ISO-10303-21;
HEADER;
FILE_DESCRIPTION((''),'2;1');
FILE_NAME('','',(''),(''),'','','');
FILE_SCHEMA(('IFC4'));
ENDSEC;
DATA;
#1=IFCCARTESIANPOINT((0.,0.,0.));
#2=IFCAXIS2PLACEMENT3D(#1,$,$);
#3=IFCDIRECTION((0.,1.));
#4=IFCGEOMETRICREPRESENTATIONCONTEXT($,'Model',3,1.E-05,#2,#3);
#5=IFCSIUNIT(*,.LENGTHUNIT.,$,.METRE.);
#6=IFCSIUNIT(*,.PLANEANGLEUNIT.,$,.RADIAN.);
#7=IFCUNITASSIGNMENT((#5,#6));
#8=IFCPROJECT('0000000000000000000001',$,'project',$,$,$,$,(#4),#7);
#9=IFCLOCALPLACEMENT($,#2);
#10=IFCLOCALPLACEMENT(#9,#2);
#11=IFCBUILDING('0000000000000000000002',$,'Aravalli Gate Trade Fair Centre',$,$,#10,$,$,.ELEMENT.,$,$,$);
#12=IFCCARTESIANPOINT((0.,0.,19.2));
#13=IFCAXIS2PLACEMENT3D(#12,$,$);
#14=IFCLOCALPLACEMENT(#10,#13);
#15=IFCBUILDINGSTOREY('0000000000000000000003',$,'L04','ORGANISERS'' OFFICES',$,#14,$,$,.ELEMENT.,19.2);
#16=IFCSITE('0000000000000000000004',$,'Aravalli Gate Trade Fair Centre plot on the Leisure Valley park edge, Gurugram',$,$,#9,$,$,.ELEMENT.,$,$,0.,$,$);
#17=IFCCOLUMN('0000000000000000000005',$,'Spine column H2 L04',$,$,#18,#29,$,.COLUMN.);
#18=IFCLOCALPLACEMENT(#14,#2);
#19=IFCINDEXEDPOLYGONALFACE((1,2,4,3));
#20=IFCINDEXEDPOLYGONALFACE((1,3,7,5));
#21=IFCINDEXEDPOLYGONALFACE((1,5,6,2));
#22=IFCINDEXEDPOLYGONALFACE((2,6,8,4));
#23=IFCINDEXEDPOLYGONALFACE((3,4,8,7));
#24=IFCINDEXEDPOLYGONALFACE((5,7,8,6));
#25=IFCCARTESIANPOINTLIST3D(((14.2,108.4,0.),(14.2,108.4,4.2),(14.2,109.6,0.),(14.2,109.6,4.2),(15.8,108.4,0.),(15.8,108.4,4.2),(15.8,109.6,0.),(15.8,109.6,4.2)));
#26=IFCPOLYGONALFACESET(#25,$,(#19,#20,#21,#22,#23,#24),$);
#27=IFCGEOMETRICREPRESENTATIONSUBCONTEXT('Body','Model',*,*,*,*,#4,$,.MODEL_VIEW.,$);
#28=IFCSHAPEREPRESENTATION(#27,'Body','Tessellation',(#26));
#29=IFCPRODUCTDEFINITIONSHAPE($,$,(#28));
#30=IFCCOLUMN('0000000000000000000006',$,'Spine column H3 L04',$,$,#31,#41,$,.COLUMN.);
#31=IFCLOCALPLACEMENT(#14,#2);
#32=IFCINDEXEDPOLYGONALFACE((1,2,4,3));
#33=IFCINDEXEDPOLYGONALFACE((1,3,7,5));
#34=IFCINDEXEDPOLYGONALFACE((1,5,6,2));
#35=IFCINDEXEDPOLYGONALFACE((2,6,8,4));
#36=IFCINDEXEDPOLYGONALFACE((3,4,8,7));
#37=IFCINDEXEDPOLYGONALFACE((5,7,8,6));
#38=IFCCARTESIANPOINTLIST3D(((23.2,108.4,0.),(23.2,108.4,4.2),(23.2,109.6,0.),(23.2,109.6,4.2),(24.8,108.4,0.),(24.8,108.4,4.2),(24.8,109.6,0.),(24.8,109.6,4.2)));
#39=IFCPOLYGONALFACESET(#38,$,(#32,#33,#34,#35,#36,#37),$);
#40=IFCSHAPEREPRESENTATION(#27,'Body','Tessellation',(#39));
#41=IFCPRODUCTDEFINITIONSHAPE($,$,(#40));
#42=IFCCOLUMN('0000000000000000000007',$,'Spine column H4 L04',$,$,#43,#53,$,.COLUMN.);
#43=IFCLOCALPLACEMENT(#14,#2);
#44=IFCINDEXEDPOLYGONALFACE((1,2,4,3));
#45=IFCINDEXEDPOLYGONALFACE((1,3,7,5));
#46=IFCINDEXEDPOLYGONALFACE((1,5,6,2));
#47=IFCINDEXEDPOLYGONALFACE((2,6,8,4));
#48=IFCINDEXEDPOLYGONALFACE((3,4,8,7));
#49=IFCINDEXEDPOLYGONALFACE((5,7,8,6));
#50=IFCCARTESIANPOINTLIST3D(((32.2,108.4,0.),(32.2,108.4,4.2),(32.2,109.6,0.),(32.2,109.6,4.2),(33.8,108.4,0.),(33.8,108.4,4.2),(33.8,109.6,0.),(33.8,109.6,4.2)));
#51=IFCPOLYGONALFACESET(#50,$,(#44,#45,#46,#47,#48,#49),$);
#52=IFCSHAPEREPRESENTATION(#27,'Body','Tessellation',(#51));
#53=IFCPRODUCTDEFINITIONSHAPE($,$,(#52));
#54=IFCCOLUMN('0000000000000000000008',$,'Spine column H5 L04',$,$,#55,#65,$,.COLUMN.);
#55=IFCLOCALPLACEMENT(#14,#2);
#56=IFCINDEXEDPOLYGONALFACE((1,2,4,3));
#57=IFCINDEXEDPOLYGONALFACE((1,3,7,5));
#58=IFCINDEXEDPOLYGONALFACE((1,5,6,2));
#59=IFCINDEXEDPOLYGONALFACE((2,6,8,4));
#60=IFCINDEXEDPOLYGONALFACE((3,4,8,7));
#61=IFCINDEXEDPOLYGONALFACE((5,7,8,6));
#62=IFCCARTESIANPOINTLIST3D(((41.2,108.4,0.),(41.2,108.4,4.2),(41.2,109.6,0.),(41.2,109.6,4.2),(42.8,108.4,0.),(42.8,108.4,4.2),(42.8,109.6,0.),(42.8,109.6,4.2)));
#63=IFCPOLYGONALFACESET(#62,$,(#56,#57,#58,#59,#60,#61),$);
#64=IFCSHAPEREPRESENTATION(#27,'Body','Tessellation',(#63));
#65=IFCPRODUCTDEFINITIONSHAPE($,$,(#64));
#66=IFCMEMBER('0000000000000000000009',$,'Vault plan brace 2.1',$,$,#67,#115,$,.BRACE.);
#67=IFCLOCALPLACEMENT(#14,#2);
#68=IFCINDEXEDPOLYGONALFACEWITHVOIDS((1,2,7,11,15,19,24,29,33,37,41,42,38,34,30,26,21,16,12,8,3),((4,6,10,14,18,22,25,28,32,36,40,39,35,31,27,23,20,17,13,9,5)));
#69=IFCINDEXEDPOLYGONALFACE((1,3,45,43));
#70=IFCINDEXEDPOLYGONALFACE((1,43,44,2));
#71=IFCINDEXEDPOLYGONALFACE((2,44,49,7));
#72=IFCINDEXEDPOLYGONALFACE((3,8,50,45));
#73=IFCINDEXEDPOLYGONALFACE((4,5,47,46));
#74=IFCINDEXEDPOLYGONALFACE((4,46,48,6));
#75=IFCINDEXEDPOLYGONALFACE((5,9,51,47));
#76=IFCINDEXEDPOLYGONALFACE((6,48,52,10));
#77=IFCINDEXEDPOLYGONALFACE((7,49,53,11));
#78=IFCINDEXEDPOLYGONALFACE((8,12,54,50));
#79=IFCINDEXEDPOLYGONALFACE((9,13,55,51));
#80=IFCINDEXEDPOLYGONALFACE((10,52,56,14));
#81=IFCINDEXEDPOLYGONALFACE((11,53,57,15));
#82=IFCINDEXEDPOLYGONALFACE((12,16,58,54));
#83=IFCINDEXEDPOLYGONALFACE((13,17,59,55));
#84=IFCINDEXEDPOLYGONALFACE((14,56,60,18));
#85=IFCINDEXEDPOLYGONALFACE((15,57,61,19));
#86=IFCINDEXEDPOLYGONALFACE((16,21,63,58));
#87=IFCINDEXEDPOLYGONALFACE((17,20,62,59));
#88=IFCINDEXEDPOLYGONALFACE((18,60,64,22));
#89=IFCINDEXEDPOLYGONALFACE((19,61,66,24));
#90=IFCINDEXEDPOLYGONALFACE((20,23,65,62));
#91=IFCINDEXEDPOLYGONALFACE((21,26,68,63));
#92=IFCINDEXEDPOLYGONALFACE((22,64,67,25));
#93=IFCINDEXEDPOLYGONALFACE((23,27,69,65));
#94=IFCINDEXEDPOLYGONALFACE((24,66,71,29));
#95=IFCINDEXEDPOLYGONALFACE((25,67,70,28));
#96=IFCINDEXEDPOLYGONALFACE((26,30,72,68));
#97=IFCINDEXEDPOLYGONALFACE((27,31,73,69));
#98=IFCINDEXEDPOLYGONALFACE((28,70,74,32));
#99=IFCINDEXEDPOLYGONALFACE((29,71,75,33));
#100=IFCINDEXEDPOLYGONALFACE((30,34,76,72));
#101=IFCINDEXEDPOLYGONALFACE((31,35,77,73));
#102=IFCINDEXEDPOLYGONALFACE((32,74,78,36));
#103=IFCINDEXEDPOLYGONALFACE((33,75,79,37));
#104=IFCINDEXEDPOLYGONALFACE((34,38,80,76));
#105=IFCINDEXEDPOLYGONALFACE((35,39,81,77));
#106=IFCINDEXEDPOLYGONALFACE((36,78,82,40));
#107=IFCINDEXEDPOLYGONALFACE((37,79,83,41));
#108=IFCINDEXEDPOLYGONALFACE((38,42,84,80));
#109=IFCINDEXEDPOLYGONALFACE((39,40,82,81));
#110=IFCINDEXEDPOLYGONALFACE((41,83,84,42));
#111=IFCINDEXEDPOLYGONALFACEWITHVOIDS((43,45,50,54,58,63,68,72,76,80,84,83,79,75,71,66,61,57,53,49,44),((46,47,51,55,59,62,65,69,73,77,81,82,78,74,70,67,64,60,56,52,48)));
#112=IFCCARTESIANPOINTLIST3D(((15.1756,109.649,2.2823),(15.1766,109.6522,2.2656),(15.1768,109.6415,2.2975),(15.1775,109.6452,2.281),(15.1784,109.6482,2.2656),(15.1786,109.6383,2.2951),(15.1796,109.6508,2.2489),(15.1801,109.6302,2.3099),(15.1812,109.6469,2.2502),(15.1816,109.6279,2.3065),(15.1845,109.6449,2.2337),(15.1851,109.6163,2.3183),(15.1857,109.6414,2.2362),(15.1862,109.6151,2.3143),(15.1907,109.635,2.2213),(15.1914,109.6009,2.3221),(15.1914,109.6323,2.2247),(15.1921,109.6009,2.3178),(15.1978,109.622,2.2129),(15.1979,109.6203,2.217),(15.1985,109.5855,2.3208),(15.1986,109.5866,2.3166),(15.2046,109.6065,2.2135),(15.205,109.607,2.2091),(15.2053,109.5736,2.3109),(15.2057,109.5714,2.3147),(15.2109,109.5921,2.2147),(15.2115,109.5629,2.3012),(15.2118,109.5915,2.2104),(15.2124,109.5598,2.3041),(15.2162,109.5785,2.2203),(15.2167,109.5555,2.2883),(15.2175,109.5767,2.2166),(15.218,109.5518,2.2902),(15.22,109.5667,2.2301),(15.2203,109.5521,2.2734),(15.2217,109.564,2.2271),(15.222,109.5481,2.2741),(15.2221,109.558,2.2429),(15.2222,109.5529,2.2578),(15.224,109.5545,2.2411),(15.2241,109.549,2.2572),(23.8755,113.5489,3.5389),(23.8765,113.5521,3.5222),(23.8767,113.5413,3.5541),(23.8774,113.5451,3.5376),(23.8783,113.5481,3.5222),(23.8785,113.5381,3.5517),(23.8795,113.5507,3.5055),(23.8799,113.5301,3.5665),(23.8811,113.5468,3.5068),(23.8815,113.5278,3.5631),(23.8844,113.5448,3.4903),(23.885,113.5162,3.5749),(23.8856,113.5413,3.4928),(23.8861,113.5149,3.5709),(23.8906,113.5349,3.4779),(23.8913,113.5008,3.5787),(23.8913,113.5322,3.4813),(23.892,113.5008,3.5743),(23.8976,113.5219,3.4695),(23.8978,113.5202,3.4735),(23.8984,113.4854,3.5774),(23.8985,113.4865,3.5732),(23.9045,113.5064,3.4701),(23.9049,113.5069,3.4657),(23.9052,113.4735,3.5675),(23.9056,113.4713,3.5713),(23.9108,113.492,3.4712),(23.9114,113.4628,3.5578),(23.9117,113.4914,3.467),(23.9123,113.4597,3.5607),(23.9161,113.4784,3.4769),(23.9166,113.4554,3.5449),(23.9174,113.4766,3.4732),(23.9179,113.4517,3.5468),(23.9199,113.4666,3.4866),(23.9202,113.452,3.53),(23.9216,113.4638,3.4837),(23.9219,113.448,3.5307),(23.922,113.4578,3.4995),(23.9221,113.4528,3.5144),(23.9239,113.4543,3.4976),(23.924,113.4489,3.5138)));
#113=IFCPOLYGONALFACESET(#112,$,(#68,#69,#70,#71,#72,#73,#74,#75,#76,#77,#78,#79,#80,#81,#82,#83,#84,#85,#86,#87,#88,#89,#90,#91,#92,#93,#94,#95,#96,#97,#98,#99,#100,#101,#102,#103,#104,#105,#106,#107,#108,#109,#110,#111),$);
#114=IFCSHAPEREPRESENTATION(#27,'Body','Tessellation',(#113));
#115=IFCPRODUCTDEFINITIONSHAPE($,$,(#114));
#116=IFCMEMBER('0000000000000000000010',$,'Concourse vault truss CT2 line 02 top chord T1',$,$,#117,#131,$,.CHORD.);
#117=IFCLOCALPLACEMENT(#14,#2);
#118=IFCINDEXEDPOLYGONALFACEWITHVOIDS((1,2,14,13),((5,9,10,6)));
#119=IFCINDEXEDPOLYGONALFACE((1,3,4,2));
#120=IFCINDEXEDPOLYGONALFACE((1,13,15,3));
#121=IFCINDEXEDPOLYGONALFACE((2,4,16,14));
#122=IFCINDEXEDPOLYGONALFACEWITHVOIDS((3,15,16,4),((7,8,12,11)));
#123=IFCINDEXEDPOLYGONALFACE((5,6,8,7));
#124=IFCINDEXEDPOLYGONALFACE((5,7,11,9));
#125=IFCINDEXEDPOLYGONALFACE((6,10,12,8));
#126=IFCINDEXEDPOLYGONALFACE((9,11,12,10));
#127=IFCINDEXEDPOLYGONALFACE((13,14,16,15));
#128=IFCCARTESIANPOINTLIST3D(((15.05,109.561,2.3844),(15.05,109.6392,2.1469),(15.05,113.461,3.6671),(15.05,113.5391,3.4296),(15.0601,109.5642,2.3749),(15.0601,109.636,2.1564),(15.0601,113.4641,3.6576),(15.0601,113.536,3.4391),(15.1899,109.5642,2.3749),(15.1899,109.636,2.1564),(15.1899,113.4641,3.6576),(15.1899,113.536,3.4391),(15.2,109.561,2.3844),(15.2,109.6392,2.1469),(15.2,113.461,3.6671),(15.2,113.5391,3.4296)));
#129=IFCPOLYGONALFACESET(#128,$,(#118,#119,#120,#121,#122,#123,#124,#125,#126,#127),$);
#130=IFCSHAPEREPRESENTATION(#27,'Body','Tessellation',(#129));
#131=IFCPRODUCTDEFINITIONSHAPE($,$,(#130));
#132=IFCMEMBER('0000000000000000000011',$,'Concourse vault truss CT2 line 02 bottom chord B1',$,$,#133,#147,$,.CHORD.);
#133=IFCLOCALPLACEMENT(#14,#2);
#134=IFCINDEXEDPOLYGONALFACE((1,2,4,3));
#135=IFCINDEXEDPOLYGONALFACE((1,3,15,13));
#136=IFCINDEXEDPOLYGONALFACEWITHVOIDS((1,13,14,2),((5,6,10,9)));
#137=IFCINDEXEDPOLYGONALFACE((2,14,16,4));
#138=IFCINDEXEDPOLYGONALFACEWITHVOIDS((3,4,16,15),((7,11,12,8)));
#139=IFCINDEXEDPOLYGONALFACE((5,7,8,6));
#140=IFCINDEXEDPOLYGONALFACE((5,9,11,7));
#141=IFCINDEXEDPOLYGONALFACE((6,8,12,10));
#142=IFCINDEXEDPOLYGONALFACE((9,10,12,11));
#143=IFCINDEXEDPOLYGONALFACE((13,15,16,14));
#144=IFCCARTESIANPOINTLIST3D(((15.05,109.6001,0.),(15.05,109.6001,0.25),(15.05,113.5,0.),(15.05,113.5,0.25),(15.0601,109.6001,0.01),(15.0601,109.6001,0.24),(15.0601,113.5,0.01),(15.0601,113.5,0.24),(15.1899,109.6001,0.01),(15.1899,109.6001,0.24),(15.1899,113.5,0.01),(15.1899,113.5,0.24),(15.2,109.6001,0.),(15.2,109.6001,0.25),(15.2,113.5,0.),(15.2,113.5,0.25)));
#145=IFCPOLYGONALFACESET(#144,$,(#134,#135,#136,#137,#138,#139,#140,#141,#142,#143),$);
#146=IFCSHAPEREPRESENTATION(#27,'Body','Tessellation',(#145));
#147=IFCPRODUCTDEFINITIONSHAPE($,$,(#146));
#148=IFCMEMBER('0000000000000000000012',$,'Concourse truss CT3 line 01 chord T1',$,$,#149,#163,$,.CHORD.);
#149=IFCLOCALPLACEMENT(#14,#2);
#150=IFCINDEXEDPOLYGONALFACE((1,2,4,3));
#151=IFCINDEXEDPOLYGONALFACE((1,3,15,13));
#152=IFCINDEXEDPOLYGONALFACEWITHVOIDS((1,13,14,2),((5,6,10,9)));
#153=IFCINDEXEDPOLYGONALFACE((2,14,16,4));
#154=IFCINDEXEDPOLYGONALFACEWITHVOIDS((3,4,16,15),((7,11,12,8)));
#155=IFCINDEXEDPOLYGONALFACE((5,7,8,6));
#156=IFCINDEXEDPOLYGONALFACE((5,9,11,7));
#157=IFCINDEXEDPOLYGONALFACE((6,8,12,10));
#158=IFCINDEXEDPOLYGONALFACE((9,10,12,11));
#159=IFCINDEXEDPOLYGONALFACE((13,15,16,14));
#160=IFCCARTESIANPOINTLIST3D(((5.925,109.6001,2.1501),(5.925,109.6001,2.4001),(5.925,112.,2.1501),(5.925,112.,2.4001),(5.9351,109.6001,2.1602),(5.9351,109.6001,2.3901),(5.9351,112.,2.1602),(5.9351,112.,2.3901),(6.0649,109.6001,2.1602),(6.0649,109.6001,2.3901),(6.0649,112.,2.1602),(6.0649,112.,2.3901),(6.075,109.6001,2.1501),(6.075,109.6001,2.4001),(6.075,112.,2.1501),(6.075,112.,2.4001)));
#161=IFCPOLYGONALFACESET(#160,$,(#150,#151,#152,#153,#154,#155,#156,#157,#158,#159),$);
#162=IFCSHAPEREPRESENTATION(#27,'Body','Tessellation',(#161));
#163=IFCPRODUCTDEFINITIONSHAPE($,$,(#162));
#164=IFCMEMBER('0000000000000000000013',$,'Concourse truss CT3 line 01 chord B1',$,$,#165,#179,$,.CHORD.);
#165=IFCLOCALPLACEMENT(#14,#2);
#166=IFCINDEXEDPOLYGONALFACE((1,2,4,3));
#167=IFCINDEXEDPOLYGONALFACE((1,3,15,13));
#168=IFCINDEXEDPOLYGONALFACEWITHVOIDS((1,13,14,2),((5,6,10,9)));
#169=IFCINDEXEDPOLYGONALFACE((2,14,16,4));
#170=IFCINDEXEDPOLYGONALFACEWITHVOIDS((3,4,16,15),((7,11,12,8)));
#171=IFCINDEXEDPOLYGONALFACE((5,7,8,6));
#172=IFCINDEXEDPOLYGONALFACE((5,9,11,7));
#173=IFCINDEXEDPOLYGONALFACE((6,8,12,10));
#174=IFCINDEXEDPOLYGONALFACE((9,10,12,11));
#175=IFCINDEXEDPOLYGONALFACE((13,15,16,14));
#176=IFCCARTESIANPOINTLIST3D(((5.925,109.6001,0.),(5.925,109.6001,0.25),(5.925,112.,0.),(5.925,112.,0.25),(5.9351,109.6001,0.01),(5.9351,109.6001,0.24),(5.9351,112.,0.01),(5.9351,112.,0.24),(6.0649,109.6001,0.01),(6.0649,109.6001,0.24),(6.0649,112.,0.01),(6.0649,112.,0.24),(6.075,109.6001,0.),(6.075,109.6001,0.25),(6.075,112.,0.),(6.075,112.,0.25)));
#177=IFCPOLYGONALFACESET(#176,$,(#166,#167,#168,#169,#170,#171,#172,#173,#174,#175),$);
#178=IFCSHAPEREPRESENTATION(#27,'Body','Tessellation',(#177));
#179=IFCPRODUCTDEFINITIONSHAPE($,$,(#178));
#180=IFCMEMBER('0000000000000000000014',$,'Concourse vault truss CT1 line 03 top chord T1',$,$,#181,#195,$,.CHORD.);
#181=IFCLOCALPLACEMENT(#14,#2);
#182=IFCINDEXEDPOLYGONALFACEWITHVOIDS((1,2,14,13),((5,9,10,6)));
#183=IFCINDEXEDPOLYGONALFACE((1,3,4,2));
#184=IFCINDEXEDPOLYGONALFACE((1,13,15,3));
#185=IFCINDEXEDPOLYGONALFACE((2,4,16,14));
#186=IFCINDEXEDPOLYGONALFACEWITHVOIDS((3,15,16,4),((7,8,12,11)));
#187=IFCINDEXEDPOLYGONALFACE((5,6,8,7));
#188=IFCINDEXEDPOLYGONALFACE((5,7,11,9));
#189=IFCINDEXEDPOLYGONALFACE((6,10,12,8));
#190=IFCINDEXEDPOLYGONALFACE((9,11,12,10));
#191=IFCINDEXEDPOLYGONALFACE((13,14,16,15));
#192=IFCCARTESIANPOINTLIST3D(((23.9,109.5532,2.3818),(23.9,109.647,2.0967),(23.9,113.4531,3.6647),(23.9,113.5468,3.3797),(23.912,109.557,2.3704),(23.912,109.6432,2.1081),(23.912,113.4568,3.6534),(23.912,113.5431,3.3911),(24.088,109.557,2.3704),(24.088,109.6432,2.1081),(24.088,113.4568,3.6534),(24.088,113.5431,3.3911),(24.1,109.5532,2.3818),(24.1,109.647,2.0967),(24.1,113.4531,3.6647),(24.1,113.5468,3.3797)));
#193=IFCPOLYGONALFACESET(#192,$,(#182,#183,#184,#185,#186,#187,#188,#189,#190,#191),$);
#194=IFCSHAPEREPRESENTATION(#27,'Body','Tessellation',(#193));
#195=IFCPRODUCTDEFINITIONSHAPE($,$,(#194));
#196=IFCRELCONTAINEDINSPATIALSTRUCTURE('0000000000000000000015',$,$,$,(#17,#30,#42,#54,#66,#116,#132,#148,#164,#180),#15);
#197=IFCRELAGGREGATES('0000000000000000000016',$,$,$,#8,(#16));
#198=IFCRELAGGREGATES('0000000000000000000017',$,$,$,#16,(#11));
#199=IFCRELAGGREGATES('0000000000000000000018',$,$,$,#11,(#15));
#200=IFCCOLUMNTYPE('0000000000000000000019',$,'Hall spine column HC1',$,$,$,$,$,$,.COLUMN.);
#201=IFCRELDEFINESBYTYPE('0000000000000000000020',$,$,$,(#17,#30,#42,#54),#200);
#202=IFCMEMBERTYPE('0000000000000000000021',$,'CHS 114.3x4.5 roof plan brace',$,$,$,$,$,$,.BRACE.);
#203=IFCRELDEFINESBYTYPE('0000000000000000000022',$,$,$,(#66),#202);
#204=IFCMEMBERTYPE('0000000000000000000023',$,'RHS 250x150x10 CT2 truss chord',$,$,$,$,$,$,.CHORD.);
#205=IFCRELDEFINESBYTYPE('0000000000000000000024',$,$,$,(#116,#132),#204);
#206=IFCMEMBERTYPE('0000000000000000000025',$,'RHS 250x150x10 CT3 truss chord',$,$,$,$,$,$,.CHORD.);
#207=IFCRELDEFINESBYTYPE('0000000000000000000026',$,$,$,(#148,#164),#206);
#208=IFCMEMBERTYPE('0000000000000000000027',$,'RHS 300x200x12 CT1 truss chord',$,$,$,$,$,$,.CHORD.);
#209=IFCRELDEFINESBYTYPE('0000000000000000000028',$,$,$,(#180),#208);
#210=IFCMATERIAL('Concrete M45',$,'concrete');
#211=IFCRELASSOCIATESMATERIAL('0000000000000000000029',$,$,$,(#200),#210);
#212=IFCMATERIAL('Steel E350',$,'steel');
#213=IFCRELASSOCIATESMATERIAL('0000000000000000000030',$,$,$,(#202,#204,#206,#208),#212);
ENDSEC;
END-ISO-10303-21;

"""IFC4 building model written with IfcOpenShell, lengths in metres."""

from ifc_helpers import new_model, si_unit, direction, frame, origin, origin_2d, place, context, subcontext, project, spatial, rectangle, hollow_rectangle, hollow_circle, extrude, material, material_profile, profile_set, type_object, element, save


model = new_model("IFC4")

# Units and contexts
model_context = context("Model", 3, precision=1e-05, world=origin(), true_north=direction((0.0, 1.0)))
body_context = subcontext(model_context, "Body", "Model", "MODEL_VIEW")
ifc_project = project(units=[si_unit("LENGTHUNIT", "METRE"), si_unit("PLANEANGLEUNIT", "RADIAN")], contexts=[model_context])

# Site, building, storey
site_placement = place(None, origin())
site = spatial("IfcSite", under=ifc_project, at=site_placement, Name="Aravalli Gate Trade Fair Centre plot on the Leisure Valley park edge, Gurugram", CompositionType="ELEMENT", RefElevation=0.0)
building_placement = place(site_placement, origin())
building = spatial("IfcBuilding", under=site, at=building_placement, Name="Aravalli Gate Trade Fair Centre", CompositionType="ELEMENT")
storey_placement = place(building_placement, frame((0.0, 0.0, 19.2)))
storey = spatial("IfcBuildingStorey", under=building, at=storey_placement, Name="L04", Description="ORGANISERS' OFFICES", CompositionType="ELEMENT", Elevation=19.2)

# Columns
ifc_material_1 = material(Name="Concrete M45", Category="concrete")
ifc_material_profile_1 = material_profile(ifc_material_1, rectangle(XDim=1.6001, YDim=1.2, at=origin_2d()), Name="RC 1600x1200")
ifc_profile_set_1 = profile_set([ifc_material_profile_1], Name="Concrete M45")
column_type = type_object("IfcColumnType", Name="Hall spine column HC1", PredefinedType="COLUMN", material=ifc_profile_set_1)
for number, where, z_axis, x_axis, name in (
    (1, (15.0, 109.0, 0.0), (0.0, 0.0, 1.0), (1.0, 0.0, 0.0), "Spine column H2 L04"),
    (2, (24.0, 109.0, 0.0), (0.0, 0.0, 1.0), (1.0, 0.0, 0.0), "Spine column H3 L04"),
    (3, (33.0, 109.0, 0.0), (0.0, 0.0, 1.0), (1.0, 0.0, 0.0), "Spine column H4 L04"),
    (4, (42.0, 109.0, 0.0), (0.0, 0.0, 1.0), (1.0, 0.0, 0.0), "Spine column H5 L04"),
):
    element("IfcColumn", number, at=place(storey_placement, frame(where, z_axis=z_axis, x_axis=x_axis)), inside=storey, type_object=column_type, Name=name, PredefinedType="COLUMN", context=body_context, shape_type="SweptSolid", body=[
        extrude(rectangle(XDim=1.6001, YDim=1.2, at=origin_2d()), origin(), (0.0, 0.0, 1.0), 4.2),
    ])

# Members
ifc_material_2 = material(Name="Steel E350", Category="steel")
ifc_material_profile_2 = material_profile(ifc_material_2, hollow_circle(Radius=0.0571, WallThickness=0.0044, at=origin_2d()), Name="CHS 114.3x4.5")
ifc_profile_set_2 = profile_set([ifc_material_profile_2], Name="Steel E350")
member_type_1 = type_object("IfcMemberType", Name="CHS 114.3x4.5 roof plan brace", PredefinedType="BRACE", material=ifc_profile_set_2)
member_1_placement = place(storey_placement, frame((15.2, 109.6001, 2.2656), z_axis=(0.904688, 0.405542, 0.13067), x_axis=(-0.409049, 0.912512, 0.0)))
element("IfcMember", 5, at=member_1_placement, inside=storey, type_object=member_type_1, Name="Vault plan brace 2.1", PredefinedType="BRACE", context=body_context, shape_type="SweptSolid", body=[
    extrude(hollow_circle(Radius=0.0571, WallThickness=0.0044, at=origin_2d()), origin(), (0.0, 0.0, 1.0), 9.6165),
])
ifc_material_profile_3 = material_profile(ifc_material_2, hollow_rectangle(XDim=0.1499, YDim=0.25, WallThickness=0.01, at=origin_2d()), Name="RHS 250x150x10")
ifc_profile_set_3 = profile_set([ifc_material_profile_3], Name="Steel E350")
member_type_2 = type_object("IfcMemberType", Name="RHS 250x150x10 CT2 truss chord", PredefinedType="CHORD", material=ifc_profile_set_3)
member_2_placement = place(storey_placement, frame((15.125, 109.6001, 2.2656), z_axis=(0.0, 0.949936, 0.312443), x_axis=(-1.0, 0.0, 0.0)))
element("IfcMember", 6, at=member_2_placement, inside=storey, type_object=member_type_2, Name="Concourse vault truss CT2 line 02 top chord T1", PredefinedType="CHORD", context=body_context, shape_type="SweptSolid", body=[
    extrude(hollow_rectangle(XDim=0.1499, YDim=0.25, WallThickness=0.01, at=origin_2d()), origin(), (0.0, 0.0, 1.0), 4.1055),
])
member_3_placement = place(storey_placement, frame((15.125, 109.6001, 0.125), z_axis=(0.0, 1.0, 0.0), x_axis=(-1.0, 0.0, 0.0)))
element("IfcMember", 7, at=member_3_placement, inside=storey, type_object=member_type_2, Name="Concourse vault truss CT2 line 02 bottom chord B1", PredefinedType="CHORD", context=body_context, shape_type="SweptSolid", body=[
    extrude(hollow_rectangle(XDim=0.1499, YDim=0.25, WallThickness=0.01, at=origin_2d()), origin(), (0.0, 0.0, 1.0), 3.8999),
])
ifc_material_profile_4 = material_profile(ifc_material_2, hollow_rectangle(XDim=0.1499, YDim=0.25, WallThickness=0.01, at=origin_2d()), Name="RHS 250x150x10")
ifc_profile_set_4 = profile_set([ifc_material_profile_4], Name="Steel E350")
member_type_3 = type_object("IfcMemberType", Name="RHS 250x150x10 CT3 truss chord", PredefinedType="CHORD", material=ifc_profile_set_4)
for number, where, z_axis, x_axis, name in (
    (8, (6.0, 109.6001, 2.2751), (0.0, 1.0, 0.0), (-1.0, 0.0, 0.0), "Concourse truss CT3 line 01 chord T1"),
    (9, (6.0, 109.6001, 0.125), (0.0, 1.0, 0.0), (-1.0, 0.0, 0.0), "Concourse truss CT3 line 01 chord B1"),
):
    element("IfcMember", number, at=place(storey_placement, frame(where, z_axis=z_axis, x_axis=x_axis)), inside=storey, type_object=member_type_3, Name=name, PredefinedType="CHORD", context=body_context, shape_type="SweptSolid", body=[
        extrude(hollow_rectangle(XDim=0.1499, YDim=0.25, WallThickness=0.01, at=origin_2d()), origin(), (0.0, 0.0, 1.0), 2.3999),
    ])
ifc_material_profile_5 = material_profile(ifc_material_2, hollow_rectangle(XDim=0.2, YDim=0.3, WallThickness=0.012, at=origin_2d()), Name="RHS 300x200x12")
ifc_profile_set_5 = profile_set([ifc_material_profile_5], Name="Steel E350")
member_type_4 = type_object("IfcMemberType", Name="RHS 300x200x12 CT1 truss chord", PredefinedType="CHORD", material=ifc_profile_set_5)
member_4_placement = place(storey_placement, frame((24.0, 109.6001, 2.2393), z_axis=(0.0, 0.949919, 0.312497), x_axis=(-1.0, 0.0, 0.0)))
element("IfcMember", 10, at=member_4_placement, inside=storey, type_object=member_type_4, Name="Concourse vault truss CT1 line 03 top chord T1", PredefinedType="CHORD", context=body_context, shape_type="SweptSolid", body=[
    extrude(hollow_rectangle(XDim=0.2, YDim=0.3, WallThickness=0.012, at=origin_2d()), origin(), (0.0, 0.0, 1.0), 4.1055),
])

save(model, "model.ifc")
